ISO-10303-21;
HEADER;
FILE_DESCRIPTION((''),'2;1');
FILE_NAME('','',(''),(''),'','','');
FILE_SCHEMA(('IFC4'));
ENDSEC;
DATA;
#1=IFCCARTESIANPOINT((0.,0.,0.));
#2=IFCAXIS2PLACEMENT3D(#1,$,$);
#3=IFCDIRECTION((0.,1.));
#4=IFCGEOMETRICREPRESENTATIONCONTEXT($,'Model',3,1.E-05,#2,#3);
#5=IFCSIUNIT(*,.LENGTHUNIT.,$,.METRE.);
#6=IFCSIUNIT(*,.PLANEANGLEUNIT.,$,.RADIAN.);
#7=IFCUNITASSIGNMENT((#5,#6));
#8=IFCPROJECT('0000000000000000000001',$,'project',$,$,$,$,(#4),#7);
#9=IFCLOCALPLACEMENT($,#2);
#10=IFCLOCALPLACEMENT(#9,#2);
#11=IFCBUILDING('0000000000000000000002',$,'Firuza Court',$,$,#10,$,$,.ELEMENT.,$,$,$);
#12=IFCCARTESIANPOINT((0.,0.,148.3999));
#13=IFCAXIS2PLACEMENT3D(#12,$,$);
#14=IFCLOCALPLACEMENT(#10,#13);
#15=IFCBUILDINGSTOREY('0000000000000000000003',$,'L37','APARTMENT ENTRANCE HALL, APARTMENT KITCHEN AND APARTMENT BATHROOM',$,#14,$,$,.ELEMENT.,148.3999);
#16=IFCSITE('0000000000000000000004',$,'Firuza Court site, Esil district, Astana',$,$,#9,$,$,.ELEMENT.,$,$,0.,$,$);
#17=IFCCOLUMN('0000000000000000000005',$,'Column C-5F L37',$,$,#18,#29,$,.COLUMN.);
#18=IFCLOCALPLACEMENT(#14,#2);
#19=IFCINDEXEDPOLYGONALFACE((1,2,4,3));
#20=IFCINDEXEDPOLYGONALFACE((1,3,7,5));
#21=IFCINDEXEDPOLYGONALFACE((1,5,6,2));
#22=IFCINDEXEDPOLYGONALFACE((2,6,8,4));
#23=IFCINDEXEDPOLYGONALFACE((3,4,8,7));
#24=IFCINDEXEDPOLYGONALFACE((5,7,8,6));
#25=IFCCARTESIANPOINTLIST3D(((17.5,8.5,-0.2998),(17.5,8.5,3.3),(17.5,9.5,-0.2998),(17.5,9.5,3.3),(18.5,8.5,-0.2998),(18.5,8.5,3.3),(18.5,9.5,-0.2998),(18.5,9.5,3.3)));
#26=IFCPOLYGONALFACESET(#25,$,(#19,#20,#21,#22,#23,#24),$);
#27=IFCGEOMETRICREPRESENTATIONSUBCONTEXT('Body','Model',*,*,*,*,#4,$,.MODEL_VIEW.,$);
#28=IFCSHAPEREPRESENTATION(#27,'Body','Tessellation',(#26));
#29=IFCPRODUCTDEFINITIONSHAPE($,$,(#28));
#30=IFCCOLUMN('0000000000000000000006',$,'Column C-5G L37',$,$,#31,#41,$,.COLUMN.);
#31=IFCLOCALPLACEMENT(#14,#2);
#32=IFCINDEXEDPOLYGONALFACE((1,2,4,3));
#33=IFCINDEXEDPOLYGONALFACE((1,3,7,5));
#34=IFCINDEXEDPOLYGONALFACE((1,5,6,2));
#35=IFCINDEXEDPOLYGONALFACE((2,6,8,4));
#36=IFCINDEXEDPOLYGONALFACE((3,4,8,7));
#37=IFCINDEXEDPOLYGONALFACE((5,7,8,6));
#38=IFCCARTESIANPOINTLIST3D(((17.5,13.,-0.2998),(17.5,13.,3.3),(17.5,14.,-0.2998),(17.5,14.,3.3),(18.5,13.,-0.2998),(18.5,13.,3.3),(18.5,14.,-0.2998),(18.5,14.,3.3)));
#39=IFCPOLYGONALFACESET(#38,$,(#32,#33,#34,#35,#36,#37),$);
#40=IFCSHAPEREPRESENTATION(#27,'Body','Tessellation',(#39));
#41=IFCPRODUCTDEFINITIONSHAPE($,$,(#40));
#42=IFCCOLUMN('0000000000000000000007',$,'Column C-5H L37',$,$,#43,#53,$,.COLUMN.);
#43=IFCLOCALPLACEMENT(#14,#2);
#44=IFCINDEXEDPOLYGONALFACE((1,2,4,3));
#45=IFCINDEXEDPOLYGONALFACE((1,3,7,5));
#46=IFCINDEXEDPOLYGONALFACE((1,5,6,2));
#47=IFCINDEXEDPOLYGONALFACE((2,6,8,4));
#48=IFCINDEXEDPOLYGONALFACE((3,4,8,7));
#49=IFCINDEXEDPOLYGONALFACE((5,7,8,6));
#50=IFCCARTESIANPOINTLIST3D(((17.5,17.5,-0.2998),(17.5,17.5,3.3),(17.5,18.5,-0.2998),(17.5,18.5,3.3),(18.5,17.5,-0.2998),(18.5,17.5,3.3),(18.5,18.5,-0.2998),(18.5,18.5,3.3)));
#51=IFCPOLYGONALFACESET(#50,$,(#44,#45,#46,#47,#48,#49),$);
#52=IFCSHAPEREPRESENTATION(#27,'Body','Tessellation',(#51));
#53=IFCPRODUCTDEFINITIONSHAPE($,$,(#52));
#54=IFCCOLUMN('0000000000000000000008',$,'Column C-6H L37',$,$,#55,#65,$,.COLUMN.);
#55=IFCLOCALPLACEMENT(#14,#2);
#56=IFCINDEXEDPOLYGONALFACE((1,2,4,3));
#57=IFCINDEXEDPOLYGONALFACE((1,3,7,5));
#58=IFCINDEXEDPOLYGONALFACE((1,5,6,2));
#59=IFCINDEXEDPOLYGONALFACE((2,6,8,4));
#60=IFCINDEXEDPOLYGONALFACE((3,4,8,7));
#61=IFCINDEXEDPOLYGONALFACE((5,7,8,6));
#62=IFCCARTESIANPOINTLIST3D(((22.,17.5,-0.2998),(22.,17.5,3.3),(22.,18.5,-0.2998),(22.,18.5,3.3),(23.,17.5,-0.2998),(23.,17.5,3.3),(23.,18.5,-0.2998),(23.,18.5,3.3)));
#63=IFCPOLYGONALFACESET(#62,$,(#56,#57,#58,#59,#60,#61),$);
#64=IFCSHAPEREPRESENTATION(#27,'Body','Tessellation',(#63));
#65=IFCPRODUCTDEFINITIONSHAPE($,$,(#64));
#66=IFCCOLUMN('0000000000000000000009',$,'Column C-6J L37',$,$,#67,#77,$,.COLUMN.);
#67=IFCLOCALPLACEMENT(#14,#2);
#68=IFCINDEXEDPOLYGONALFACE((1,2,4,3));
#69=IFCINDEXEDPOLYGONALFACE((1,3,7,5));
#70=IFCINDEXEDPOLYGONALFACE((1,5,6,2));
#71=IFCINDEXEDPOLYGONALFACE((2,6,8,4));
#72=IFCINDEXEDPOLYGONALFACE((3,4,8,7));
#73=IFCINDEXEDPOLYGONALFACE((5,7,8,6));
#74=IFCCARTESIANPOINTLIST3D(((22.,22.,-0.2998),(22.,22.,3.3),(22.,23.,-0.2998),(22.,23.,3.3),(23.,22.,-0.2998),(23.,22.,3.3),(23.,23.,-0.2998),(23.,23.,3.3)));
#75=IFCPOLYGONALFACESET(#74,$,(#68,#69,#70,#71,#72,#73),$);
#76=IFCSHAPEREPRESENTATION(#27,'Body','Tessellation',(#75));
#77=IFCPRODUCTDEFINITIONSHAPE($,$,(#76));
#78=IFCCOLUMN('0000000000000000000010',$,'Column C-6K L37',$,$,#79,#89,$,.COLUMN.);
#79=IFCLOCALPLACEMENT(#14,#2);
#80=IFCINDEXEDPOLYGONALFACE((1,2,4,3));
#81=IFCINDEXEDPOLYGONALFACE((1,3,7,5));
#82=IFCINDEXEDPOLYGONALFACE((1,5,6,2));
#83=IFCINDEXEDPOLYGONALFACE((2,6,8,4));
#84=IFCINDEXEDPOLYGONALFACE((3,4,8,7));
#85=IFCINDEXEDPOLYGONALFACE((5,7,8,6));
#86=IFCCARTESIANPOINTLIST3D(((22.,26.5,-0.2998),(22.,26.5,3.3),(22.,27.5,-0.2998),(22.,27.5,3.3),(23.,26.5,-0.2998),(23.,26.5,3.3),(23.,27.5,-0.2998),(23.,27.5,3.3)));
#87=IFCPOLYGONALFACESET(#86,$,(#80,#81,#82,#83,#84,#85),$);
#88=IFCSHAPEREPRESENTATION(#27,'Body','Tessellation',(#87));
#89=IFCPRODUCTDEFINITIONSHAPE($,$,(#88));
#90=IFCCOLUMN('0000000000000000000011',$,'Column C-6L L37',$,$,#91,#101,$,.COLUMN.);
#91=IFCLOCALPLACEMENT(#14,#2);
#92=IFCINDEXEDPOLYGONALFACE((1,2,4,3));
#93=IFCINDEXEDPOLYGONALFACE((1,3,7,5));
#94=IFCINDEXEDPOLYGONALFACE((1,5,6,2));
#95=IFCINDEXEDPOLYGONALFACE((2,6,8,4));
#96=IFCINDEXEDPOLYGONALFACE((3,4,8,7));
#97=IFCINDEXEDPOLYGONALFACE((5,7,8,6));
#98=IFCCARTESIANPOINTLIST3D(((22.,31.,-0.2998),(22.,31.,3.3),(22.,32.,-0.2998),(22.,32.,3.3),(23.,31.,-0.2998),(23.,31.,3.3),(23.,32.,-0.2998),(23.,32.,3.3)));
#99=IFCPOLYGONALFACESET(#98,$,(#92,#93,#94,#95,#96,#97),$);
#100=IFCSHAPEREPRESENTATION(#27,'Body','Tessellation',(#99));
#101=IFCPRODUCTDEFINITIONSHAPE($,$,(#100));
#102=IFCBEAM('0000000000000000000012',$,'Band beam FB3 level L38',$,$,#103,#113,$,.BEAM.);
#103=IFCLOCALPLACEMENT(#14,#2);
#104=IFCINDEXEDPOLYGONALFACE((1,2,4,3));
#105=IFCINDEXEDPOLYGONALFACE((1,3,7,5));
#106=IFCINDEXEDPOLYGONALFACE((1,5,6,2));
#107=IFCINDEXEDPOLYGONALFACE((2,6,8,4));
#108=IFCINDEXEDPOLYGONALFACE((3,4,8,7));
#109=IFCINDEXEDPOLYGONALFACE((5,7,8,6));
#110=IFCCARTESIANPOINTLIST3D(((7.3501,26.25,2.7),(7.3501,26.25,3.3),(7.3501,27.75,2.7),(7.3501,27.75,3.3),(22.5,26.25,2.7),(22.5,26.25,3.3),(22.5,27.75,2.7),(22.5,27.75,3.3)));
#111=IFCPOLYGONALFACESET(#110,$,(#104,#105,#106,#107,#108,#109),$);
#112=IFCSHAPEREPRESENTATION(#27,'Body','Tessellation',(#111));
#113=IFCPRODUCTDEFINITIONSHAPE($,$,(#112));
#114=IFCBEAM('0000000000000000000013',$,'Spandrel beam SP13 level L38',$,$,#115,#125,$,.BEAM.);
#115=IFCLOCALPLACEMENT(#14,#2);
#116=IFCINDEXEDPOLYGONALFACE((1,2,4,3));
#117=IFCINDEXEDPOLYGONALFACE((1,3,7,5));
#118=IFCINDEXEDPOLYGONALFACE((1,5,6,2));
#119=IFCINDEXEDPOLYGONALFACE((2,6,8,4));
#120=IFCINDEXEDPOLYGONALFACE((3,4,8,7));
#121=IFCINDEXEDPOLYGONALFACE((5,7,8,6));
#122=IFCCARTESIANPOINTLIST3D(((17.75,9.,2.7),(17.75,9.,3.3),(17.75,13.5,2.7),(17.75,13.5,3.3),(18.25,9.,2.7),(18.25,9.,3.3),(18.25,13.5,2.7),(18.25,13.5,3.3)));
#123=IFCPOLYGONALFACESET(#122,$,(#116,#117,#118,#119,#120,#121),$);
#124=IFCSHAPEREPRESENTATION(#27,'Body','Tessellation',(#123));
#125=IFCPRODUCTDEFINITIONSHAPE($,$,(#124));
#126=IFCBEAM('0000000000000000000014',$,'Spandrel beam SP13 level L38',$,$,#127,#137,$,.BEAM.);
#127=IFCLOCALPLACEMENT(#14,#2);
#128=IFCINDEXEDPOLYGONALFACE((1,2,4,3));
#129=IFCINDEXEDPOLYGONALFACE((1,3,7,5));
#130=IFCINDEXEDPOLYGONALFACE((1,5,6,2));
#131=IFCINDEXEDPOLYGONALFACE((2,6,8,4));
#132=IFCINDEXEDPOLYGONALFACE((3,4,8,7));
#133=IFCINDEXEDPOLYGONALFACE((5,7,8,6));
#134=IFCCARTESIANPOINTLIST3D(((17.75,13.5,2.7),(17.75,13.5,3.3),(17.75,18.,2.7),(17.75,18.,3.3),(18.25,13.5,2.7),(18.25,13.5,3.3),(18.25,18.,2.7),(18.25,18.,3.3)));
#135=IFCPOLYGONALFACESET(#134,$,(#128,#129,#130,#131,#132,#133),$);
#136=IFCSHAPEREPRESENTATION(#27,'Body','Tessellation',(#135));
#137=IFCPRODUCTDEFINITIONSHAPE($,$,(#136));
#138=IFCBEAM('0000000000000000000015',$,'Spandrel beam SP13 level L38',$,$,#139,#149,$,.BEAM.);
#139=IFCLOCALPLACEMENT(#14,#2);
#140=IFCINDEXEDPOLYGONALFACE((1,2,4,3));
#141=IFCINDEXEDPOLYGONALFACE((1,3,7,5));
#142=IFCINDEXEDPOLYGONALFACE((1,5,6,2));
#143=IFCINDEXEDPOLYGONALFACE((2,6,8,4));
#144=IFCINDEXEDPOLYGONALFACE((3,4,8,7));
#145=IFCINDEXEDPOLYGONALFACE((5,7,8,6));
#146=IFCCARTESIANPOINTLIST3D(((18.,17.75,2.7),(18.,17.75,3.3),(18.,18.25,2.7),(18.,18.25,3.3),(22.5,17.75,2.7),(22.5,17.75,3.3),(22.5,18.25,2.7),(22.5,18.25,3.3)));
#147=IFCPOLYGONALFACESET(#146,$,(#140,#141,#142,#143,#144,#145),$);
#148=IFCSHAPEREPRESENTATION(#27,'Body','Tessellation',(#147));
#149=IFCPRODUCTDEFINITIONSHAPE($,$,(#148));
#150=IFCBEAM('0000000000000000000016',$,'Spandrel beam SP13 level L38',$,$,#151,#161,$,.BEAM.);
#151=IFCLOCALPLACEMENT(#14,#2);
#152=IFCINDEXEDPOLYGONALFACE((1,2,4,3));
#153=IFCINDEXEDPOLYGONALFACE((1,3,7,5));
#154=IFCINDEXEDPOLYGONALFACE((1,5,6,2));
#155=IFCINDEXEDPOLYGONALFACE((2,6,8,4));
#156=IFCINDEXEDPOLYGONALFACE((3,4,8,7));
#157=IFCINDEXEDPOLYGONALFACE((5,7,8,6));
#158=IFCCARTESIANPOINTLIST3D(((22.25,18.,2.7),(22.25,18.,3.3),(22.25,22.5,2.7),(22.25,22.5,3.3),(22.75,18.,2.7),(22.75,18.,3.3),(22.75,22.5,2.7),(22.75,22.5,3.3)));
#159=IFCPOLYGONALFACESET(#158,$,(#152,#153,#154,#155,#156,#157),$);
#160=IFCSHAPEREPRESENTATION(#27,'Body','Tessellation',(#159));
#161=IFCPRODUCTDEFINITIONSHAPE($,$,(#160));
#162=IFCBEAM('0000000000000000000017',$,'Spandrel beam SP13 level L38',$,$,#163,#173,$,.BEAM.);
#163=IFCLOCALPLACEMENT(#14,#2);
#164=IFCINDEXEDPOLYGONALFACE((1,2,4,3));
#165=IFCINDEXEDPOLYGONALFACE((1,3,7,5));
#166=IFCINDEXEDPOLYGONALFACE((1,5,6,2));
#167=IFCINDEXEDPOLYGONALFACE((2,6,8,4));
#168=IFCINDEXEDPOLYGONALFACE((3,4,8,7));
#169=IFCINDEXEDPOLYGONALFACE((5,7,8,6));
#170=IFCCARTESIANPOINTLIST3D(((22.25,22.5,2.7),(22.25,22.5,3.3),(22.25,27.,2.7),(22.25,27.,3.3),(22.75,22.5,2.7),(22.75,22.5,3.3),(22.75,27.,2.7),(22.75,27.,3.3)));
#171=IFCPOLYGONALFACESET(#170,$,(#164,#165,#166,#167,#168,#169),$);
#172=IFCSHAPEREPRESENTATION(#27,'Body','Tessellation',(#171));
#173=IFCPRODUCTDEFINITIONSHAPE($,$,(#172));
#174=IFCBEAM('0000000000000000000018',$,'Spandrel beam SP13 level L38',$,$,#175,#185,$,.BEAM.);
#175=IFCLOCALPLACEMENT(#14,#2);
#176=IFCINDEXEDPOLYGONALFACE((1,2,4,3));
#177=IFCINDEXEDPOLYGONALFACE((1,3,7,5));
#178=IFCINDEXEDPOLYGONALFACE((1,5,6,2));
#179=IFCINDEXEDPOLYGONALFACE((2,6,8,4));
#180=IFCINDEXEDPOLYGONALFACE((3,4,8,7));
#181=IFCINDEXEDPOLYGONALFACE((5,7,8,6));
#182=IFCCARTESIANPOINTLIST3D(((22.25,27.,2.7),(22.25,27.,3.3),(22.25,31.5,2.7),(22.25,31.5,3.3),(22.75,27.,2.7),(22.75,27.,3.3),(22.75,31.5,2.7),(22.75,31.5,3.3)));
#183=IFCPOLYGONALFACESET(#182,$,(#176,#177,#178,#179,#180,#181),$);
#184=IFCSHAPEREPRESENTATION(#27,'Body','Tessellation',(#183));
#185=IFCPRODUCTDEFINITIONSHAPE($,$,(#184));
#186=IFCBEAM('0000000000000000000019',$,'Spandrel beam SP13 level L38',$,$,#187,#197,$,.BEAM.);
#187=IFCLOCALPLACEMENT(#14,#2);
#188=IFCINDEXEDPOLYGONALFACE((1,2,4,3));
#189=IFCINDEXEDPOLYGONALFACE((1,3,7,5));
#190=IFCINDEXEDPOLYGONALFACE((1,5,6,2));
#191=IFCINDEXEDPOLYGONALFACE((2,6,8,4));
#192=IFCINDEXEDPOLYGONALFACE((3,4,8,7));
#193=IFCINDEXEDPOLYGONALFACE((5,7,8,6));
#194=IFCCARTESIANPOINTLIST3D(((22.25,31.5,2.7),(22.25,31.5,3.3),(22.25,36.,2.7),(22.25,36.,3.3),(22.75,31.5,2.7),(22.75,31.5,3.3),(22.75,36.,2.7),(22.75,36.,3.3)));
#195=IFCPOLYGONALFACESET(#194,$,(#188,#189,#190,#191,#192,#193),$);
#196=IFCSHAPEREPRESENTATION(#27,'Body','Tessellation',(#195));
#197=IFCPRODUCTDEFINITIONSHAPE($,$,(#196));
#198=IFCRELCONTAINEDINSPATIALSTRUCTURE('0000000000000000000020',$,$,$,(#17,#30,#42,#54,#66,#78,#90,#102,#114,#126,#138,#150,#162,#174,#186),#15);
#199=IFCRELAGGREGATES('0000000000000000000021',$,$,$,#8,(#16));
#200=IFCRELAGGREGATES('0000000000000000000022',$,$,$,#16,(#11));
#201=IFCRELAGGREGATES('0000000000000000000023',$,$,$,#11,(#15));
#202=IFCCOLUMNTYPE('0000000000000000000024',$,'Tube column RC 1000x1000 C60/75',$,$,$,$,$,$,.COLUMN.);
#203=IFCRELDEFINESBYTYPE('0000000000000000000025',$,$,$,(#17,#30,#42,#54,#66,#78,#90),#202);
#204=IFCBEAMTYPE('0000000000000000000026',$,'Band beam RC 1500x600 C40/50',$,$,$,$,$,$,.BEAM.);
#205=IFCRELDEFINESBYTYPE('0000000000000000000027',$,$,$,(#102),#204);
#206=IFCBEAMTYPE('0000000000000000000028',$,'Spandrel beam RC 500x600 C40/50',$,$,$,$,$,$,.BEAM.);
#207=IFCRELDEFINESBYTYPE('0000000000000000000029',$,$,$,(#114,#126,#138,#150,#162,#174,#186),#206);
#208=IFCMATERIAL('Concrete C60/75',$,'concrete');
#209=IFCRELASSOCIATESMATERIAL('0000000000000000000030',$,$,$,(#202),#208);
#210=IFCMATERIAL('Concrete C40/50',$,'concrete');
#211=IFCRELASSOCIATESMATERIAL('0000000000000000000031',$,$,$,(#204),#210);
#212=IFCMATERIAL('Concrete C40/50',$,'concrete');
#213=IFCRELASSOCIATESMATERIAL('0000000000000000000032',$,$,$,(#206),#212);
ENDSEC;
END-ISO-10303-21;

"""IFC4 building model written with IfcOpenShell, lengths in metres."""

from ifc_helpers import new_model, si_unit, direction, frame, origin, origin_2d, place, context, subcontext, project, spatial, rectangle, extrude, material, material_profile, profile_set, type_object, element, save


model = new_model("IFC4")

# Units and contexts
model_context = context("Model", 3, precision=1e-05, world=origin(), true_north=direction((0.0, 1.0)))
body_context = subcontext(model_context, "Body", "Model", "MODEL_VIEW")
ifc_project = project(units=[si_unit("LENGTHUNIT", "METRE"), si_unit("PLANEANGLEUNIT", "RADIAN")], contexts=[model_context])

# Site, building, storey
site_placement = place(None, origin())
site = spatial("IfcSite", under=ifc_project, at=site_placement, Name="Firuza Court site, Esil district, Astana", CompositionType="ELEMENT", RefElevation=0.0)
building_placement = place(site_placement, origin())
building = spatial("IfcBuilding", under=site, at=building_placement, Name="Firuza Court", CompositionType="ELEMENT")
storey_placement = place(building_placement, frame((0.0, 0.0, 148.3999)))
storey = spatial("IfcBuildingStorey", under=building, at=storey_placement, Name="L37", Description="APARTMENT ENTRANCE HALL, APARTMENT KITCHEN AND APARTMENT BATHROOM", CompositionType="ELEMENT", Elevation=148.3999)

# Columns
ifc_material_1 = material(Name="Concrete C60/75", Category="concrete")
ifc_material_profile_1 = material_profile(ifc_material_1, rectangle(XDim=1.0, YDim=1.0, at=origin_2d()), Name="RC 1000x1000")
ifc_profile_set_1 = profile_set([ifc_material_profile_1], Name="Concrete C60/75")
column_type = type_object("IfcColumnType", Name="Tube column RC 1000x1000 C60/75", PredefinedType="COLUMN", material=ifc_profile_set_1)
for number, where, z_axis, x_axis, name in (
    (1, (18.0, 9.0, -0.2998), (0.0, 0.0, 1.0), (1.0, 0.0, 0.0), "Column C-5F L37"),
    (2, (18.0, 13.5, -0.2998), (0.0, 0.0, 1.0), (1.0, 0.0, 0.0), "Column C-5G L37"),
    (3, (18.0, 18.0, -0.2998), (0.0, 0.0, 1.0), (1.0, 0.0, 0.0), "Column C-5H L37"),
    (4, (22.5, 18.0, -0.2998), (0.0, 0.0, 1.0), (1.0, 0.0, 0.0), "Column C-6H L37"),
    (5, (22.5, 22.5, -0.2998), (0.0, 0.0, 1.0), (1.0, 0.0, 0.0), "Column C-6J L37"),
    (6, (22.5, 27.0, -0.2998), (0.0, 0.0, 1.0), (1.0, 0.0, 0.0), "Column C-6K L37"),
    (7, (22.5, 31.5, -0.2998), (0.0, 0.0, 1.0), (1.0, 0.0, 0.0), "Column C-6L L37"),
):
    element("IfcColumn", number, at=place(storey_placement, frame(where, z_axis=z_axis, x_axis=x_axis)), inside=storey, type_object=column_type, Name=name, PredefinedType="COLUMN", context=body_context, shape_type="SweptSolid", body=[
        extrude(rectangle(XDim=1.0, YDim=1.0, at=origin_2d()), origin(), (0.0, 0.0, 1.0), 3.5999),
    ])

# Beams
ifc_material_2 = material(Name="Concrete C40/50", Category="concrete")
ifc_material_profile_2 = material_profile(ifc_material_2, rectangle(XDim=1.5, YDim=0.6001, at=origin_2d()), Name="RC 1500x600")
ifc_profile_set_2 = profile_set([ifc_material_profile_2], Name="Concrete C40/50")
beam_type_1 = type_object("IfcBeamType", Name="Band beam RC 1500x600 C40/50", PredefinedType="BEAM", material=ifc_profile_set_2)
beam_placement = place(storey_placement, frame((22.5, 27.0, 3.0), z_axis=(-1.0, 0.0, 0.0), x_axis=(0.0, -1.0, 0.0)))
element("IfcBeam", 8, at=beam_placement, inside=storey, type_object=beam_type_1, Name="Band beam FB3 level L38", PredefinedType="BEAM", context=body_context, shape_type="SweptSolid", body=[
    extrude(rectangle(XDim=1.5, YDim=0.6001, at=origin_2d()), origin(), (0.0, 0.0, 1.0), 15.1499),
])
ifc_material_3 = material(Name="Concrete C40/50", Category="concrete")
ifc_material_profile_3 = material_profile(ifc_material_3, rectangle(XDim=0.5, YDim=0.6001, at=origin_2d()), Name="RC 500x600")
ifc_profile_set_3 = profile_set([ifc_material_profile_3], Name="Concrete C40/50")
beam_type_2 = type_object("IfcBeamType", Name="Spandrel beam RC 500x600 C40/50", PredefinedType="BEAM", material=ifc_profile_set_3)
for number, where, z_axis, x_axis, name in (
    (9, (18.0, 9.0, 3.0), (0.0, 1.0, 0.0), (-1.0, 0.0, 0.0), "Spandrel beam SP13 level L38"),
    (10, (18.0, 13.5, 3.0), (0.0, 1.0, 0.0), (-1.0, 0.0, 0.0), "Spandrel beam SP13 level L38"),
    (11, (18.0, 18.0, 3.0), (1.0, 0.0, 0.0), (0.0, 1.0, 0.0), "Spandrel beam SP13 level L38"),
    (12, (22.5, 18.0, 3.0), (0.0, 1.0, 0.0), (-1.0, 0.0, 0.0), "Spandrel beam SP13 level L38"),
    (13, (22.5, 22.5, 3.0), (0.0, 1.0, 0.0), (-1.0, 0.0, 0.0), "Spandrel beam SP13 level L38"),
    (14, (22.5, 27.0, 3.0), (0.0, 1.0, 0.0), (-1.0, 0.0, 0.0), "Spandrel beam SP13 level L38"),
    (15, (22.5, 31.5, 3.0), (0.0, 1.0, 0.0), (-1.0, 0.0, 0.0), "Spandrel beam SP13 level L38"),
):
    element("IfcBeam", number, at=place(storey_placement, frame(where, z_axis=z_axis, x_axis=x_axis)), inside=storey, type_object=beam_type_2, Name=name, PredefinedType="BEAM", context=body_context, shape_type="SweptSolid", body=[
        extrude(rectangle(XDim=0.5, YDim=0.6001, at=origin_2d()), origin(), (0.0, 0.0, 1.0), 4.5),
    ])

save(model, "model.ifc")
